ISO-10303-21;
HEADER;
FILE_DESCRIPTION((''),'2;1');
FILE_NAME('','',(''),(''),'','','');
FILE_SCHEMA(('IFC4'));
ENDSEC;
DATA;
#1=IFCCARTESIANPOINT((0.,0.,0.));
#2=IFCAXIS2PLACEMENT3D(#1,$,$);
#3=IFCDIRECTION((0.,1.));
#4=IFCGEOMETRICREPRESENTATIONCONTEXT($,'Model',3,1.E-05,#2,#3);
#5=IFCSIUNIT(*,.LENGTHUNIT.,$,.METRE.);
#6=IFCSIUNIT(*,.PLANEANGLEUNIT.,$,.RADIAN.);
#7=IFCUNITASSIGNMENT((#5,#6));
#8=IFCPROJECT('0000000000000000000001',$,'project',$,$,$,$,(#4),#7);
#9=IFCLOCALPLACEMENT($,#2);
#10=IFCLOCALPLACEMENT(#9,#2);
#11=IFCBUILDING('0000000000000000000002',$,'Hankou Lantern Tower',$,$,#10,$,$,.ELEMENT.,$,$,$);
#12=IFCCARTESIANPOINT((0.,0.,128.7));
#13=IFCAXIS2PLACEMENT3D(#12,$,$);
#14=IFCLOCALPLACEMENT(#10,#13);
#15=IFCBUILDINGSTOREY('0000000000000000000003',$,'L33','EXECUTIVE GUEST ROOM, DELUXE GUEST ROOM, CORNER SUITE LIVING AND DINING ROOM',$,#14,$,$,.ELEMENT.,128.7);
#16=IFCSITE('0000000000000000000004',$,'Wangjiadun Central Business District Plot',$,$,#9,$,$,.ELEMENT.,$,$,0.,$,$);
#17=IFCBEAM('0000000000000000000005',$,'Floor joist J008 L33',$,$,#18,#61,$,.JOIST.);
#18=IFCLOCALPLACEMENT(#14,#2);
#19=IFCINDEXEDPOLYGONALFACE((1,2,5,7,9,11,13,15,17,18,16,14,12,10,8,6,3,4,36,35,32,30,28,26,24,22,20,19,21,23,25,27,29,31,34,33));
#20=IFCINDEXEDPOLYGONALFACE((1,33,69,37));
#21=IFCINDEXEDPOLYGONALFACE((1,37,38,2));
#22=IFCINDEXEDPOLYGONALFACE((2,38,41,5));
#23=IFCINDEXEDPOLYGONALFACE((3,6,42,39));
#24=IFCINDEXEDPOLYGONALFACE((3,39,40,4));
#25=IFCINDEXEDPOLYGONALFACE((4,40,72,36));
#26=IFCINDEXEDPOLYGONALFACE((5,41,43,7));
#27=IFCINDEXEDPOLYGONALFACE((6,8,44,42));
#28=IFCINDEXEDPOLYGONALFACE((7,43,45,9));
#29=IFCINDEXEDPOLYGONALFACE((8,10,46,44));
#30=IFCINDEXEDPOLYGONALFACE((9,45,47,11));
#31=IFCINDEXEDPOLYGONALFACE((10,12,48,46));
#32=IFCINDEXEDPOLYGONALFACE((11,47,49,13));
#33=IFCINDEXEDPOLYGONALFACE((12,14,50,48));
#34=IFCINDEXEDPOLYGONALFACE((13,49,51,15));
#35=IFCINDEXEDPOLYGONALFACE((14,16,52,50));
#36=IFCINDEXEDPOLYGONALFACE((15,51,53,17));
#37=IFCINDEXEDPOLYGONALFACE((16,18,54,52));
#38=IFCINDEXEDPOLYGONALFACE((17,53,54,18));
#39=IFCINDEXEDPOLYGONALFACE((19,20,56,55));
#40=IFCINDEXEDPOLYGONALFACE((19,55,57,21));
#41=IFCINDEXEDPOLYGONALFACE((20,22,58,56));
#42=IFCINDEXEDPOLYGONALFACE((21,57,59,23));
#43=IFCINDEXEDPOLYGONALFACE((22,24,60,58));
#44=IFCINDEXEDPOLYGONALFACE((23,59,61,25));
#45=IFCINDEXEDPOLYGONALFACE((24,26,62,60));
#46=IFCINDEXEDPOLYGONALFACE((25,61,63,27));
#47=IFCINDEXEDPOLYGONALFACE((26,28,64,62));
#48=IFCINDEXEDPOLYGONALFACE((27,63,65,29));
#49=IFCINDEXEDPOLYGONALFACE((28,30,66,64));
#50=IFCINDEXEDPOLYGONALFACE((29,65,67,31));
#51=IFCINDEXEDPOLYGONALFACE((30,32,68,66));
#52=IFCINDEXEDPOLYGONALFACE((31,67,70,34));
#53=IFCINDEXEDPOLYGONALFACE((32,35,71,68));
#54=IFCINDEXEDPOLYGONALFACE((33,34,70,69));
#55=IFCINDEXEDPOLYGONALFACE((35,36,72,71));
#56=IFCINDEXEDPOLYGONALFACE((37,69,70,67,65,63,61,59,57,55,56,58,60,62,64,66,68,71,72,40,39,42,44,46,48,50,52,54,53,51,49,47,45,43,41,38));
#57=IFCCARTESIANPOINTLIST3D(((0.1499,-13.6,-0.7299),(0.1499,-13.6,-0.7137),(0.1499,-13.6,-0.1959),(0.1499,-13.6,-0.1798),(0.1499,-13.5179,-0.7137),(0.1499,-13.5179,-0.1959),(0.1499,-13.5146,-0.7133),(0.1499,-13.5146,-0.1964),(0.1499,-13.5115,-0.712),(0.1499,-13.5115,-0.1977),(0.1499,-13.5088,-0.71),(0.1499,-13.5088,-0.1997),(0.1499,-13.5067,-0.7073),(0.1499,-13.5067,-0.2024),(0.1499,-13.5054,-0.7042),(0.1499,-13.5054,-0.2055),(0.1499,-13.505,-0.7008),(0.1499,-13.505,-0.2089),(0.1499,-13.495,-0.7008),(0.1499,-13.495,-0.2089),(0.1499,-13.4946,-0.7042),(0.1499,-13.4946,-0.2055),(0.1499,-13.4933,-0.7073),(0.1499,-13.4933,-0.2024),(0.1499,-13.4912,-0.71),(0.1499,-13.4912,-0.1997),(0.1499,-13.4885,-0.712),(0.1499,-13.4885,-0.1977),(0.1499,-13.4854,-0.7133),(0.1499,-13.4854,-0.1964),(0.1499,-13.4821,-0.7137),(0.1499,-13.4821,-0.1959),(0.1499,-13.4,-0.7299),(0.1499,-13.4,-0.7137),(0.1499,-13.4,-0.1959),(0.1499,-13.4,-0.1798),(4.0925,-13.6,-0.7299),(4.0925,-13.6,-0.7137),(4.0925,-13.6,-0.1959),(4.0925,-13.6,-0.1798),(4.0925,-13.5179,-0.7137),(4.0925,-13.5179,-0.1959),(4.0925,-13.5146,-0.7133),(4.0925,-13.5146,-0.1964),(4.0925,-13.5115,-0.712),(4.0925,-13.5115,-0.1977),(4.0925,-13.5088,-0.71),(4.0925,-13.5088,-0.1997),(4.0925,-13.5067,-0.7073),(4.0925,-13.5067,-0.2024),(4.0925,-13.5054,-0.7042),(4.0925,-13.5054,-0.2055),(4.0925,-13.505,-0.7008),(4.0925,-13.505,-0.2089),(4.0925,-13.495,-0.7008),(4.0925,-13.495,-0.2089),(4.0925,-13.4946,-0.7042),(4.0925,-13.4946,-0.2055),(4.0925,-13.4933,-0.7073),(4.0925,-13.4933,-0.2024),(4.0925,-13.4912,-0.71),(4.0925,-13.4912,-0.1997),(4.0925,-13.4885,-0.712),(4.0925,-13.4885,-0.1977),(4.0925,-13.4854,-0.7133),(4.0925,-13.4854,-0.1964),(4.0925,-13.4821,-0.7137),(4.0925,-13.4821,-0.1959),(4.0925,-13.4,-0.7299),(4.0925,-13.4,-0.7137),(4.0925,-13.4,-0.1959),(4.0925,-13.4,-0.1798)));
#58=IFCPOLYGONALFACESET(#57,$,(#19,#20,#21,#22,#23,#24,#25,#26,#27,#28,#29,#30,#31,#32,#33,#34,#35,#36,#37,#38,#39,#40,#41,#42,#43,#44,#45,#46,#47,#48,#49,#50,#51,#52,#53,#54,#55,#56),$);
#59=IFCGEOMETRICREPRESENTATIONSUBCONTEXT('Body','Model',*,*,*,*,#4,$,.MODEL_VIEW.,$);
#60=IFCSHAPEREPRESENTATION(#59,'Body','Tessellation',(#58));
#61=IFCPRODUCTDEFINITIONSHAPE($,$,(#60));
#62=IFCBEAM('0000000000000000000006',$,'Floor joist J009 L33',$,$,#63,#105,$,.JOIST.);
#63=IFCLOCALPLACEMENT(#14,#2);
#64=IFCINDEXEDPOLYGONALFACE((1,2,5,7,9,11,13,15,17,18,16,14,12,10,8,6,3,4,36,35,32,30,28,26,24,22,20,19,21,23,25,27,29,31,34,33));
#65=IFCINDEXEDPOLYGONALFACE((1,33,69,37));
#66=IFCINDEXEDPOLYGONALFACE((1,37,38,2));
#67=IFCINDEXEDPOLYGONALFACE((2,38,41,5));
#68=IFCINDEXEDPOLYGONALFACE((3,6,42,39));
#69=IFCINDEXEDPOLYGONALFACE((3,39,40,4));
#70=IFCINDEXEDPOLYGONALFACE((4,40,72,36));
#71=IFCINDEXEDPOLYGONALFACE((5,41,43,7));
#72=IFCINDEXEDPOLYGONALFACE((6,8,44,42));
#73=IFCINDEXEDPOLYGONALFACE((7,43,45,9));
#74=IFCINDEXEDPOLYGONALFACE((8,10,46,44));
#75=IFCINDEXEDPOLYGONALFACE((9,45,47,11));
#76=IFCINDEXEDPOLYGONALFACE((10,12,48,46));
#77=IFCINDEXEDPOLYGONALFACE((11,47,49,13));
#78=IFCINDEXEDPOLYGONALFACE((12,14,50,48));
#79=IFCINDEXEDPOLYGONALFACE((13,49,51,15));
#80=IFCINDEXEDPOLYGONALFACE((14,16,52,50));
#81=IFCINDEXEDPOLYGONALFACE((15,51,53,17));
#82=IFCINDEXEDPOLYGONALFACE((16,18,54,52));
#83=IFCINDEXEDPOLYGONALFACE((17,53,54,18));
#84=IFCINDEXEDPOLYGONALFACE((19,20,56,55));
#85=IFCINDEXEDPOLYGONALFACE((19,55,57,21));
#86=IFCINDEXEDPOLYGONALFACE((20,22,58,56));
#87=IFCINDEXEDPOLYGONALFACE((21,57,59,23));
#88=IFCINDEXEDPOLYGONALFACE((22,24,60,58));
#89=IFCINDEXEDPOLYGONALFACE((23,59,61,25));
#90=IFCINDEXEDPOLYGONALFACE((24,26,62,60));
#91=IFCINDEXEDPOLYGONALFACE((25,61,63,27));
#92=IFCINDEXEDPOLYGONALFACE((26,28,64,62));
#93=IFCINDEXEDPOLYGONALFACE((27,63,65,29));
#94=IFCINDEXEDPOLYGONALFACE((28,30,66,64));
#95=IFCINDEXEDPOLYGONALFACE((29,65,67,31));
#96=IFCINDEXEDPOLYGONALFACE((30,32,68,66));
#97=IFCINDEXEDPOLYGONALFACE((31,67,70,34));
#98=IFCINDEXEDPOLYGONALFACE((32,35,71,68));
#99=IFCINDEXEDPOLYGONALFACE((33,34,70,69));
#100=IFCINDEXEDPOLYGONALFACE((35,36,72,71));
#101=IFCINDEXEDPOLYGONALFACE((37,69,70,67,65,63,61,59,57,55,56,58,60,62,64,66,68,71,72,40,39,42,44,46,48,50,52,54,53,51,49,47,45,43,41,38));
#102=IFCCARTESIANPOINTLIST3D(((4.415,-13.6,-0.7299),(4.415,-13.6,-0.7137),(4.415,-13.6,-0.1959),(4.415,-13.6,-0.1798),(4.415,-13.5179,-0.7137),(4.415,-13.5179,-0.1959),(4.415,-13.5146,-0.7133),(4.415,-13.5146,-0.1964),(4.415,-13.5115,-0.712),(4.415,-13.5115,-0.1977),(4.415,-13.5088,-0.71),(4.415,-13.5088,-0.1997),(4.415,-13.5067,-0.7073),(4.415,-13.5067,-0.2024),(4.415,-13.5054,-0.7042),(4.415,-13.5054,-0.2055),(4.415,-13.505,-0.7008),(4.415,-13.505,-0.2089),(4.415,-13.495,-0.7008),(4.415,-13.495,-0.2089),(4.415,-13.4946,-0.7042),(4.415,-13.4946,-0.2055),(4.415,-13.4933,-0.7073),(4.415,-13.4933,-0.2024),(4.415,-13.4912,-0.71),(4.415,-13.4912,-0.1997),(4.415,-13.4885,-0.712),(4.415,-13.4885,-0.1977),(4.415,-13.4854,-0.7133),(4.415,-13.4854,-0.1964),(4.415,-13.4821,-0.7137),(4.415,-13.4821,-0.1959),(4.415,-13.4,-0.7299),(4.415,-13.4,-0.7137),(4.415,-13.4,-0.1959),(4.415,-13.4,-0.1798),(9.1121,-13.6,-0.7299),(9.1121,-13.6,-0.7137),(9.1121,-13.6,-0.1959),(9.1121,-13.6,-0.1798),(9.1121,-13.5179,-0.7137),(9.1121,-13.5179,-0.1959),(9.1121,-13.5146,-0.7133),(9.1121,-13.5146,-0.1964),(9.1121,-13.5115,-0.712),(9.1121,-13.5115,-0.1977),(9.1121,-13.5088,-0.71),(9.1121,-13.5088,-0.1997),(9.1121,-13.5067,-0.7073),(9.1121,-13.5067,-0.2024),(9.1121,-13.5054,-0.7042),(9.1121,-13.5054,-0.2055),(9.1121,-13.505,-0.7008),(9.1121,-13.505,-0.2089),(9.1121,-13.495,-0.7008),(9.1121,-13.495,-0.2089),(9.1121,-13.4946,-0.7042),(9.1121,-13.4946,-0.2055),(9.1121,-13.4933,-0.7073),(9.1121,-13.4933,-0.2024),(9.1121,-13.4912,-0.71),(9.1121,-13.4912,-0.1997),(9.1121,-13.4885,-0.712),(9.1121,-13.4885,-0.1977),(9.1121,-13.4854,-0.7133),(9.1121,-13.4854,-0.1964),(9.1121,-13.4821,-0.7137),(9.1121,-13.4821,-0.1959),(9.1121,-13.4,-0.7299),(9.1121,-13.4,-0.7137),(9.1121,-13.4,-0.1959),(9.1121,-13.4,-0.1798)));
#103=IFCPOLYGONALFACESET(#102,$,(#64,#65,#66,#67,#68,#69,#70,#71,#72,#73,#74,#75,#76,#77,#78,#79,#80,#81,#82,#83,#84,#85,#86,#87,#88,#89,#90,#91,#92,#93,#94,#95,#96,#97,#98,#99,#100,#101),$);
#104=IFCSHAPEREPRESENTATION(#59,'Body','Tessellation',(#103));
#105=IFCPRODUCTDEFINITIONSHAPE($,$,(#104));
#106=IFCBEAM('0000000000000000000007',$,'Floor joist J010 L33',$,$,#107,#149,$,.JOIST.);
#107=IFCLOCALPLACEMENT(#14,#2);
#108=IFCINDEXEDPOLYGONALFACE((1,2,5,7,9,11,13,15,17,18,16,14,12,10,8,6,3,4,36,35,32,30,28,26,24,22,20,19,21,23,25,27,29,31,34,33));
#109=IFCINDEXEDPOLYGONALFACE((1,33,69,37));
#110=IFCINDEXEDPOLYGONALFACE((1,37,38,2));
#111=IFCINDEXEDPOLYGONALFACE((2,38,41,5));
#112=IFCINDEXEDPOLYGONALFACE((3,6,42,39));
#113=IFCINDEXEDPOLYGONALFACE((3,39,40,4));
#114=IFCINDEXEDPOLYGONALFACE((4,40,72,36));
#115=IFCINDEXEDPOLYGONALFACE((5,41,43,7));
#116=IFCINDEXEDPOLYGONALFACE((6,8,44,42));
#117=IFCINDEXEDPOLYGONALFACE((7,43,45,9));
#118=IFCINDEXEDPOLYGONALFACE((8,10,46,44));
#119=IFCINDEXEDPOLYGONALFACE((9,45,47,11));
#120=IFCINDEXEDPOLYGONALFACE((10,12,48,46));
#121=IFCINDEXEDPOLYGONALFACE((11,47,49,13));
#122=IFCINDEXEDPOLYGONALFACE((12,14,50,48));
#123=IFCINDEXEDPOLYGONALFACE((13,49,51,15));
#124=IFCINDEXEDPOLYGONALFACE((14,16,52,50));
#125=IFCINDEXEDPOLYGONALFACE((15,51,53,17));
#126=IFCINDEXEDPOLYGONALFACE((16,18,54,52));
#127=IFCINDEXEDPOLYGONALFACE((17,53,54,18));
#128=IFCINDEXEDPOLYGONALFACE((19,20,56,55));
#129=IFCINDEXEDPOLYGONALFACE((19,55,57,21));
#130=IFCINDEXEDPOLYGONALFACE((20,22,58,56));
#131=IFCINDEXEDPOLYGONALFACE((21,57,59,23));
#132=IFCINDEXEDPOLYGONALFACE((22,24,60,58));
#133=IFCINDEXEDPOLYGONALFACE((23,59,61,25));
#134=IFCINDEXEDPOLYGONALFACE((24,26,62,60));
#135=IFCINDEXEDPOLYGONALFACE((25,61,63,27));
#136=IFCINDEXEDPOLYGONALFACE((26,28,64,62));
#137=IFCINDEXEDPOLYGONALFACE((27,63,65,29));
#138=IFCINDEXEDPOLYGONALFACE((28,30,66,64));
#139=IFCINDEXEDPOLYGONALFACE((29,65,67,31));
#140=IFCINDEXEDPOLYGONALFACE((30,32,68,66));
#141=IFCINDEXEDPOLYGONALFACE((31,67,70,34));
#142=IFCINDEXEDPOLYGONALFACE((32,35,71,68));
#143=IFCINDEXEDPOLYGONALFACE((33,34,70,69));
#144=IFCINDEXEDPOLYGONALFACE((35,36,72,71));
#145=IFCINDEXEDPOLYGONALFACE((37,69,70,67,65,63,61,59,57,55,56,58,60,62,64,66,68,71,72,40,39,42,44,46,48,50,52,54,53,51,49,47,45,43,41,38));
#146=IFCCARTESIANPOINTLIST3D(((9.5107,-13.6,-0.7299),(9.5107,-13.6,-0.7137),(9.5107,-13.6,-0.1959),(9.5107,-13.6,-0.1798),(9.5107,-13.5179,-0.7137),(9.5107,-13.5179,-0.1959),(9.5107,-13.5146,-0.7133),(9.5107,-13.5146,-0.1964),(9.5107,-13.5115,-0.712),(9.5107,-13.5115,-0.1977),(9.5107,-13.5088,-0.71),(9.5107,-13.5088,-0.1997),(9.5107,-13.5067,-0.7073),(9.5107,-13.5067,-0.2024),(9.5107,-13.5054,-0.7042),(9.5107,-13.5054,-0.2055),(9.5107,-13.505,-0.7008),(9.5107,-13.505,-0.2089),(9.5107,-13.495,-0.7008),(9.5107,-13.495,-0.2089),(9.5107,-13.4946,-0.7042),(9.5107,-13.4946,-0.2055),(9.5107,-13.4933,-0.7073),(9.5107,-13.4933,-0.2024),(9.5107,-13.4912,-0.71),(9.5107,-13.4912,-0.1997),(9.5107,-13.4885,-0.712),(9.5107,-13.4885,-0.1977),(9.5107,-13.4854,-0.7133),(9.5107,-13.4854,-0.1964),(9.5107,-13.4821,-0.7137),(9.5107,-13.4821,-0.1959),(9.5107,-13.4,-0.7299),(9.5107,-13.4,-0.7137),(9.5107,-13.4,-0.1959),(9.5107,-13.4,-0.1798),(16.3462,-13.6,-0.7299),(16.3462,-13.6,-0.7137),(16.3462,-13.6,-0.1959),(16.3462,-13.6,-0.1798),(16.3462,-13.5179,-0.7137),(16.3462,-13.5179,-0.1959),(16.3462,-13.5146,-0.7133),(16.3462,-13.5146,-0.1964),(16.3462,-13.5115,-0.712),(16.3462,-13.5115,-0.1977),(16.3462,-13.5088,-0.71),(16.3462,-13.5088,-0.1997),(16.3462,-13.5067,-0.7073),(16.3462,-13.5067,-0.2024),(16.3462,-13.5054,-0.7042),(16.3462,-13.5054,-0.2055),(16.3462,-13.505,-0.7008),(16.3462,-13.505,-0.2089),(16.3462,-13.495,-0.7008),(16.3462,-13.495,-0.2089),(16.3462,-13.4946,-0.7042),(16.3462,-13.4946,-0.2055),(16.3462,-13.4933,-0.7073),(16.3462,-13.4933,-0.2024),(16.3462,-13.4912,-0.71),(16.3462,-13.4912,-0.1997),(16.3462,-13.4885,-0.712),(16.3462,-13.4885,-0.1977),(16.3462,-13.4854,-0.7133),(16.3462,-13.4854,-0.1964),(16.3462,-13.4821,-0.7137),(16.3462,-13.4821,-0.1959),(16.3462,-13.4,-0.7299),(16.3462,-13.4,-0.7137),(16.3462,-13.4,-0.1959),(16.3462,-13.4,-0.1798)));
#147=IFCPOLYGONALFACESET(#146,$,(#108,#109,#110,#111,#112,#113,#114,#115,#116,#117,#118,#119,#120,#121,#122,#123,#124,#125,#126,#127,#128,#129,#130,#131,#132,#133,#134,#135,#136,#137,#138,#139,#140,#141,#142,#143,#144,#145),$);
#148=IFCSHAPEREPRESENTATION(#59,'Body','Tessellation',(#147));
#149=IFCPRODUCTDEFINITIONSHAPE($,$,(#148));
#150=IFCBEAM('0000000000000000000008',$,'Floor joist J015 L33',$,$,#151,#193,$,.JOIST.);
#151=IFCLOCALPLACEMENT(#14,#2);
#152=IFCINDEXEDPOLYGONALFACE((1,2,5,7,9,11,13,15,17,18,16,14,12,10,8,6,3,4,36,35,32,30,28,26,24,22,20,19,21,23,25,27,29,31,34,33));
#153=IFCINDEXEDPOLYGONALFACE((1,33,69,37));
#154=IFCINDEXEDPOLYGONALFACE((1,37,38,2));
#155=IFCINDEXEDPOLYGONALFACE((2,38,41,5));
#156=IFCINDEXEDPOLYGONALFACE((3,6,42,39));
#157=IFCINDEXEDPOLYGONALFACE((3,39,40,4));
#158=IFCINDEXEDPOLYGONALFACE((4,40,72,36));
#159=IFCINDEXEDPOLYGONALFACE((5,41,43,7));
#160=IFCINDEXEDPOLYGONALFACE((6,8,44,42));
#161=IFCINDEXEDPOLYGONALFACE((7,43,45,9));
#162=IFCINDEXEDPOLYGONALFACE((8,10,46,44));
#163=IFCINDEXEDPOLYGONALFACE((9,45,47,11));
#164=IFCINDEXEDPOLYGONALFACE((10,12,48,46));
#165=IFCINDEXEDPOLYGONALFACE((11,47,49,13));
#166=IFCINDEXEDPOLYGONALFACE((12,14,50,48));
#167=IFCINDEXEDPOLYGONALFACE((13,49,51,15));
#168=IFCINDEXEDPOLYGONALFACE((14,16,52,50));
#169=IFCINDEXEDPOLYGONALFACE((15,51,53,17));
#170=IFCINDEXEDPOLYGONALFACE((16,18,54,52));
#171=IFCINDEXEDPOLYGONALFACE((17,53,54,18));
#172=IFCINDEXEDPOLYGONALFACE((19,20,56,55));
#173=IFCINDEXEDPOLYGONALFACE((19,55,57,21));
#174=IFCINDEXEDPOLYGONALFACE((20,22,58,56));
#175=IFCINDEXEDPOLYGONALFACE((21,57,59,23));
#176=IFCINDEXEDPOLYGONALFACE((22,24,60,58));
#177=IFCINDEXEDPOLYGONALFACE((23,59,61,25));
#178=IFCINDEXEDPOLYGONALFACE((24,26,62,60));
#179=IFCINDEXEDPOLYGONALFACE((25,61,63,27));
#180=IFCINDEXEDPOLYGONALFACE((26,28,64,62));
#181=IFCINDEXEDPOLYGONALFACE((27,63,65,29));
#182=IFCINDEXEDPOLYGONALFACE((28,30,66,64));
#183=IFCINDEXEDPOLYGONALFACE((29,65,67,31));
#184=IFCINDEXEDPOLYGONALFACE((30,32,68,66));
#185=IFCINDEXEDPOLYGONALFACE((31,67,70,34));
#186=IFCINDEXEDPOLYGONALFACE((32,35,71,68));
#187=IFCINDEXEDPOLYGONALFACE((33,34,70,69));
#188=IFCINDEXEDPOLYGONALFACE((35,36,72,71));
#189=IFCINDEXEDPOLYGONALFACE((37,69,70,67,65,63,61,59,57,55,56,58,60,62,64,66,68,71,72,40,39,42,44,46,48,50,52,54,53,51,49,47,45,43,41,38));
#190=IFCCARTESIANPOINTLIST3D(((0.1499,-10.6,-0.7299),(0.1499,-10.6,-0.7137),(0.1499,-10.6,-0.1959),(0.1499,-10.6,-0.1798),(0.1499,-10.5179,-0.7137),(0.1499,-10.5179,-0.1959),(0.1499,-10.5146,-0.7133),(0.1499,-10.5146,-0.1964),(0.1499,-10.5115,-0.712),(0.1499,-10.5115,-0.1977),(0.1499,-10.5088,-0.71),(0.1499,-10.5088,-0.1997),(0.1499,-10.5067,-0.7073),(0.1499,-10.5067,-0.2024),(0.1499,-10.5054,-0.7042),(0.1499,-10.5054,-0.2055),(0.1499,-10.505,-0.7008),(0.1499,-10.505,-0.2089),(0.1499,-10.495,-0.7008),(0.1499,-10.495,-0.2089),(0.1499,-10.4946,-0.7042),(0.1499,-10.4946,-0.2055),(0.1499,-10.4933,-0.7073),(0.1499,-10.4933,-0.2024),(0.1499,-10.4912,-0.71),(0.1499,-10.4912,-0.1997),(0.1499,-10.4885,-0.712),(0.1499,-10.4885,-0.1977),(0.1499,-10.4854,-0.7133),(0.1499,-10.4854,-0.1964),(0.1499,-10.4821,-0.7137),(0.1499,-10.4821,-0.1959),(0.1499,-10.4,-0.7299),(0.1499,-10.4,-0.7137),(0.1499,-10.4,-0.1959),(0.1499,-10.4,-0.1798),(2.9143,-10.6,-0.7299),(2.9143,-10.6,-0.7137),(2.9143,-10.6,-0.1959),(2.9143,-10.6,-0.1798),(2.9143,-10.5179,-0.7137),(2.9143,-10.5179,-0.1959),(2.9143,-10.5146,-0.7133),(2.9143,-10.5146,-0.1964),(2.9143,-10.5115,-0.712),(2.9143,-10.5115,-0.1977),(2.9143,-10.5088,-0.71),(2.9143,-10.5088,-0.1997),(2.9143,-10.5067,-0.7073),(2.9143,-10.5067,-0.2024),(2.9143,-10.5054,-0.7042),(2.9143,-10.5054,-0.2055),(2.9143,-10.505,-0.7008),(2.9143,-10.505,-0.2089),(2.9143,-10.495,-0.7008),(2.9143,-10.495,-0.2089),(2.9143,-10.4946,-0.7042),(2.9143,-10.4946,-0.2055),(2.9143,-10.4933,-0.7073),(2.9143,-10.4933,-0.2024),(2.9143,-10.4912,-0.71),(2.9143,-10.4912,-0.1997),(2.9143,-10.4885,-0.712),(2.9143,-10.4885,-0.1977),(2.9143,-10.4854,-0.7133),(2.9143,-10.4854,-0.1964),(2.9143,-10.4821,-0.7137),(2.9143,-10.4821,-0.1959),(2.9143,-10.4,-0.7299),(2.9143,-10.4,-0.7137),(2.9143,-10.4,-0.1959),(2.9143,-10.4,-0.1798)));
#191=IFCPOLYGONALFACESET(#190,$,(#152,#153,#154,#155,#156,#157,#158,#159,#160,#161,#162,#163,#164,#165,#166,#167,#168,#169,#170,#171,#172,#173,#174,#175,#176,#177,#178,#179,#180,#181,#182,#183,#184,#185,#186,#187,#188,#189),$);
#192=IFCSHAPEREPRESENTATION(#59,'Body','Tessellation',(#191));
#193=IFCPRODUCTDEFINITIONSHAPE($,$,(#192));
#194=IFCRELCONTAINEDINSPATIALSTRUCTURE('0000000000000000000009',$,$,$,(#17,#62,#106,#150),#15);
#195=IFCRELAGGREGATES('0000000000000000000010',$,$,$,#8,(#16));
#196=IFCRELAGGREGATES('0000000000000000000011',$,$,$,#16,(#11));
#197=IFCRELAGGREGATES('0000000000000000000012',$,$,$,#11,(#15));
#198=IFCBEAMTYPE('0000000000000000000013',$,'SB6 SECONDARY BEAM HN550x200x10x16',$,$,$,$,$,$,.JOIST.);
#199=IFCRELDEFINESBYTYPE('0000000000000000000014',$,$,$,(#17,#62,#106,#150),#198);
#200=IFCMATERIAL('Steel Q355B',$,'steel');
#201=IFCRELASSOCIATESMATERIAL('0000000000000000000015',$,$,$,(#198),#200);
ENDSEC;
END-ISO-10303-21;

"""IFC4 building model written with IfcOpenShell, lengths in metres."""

from ifc_helpers import new_model, si_unit, direction, frame, origin, origin_2d, place, context, subcontext, project, spatial, i_section, extrude, material, material_profile, profile_set, type_object, element, save


model = new_model("IFC4")

# Units and contexts
model_context = context("Model", 3, precision=1e-05, world=origin(), true_north=direction((0.0, 1.0)))
body_context = subcontext(model_context, "Body", "Model", "MODEL_VIEW")
ifc_project = project(units=[si_unit("LENGTHUNIT", "METRE"), si_unit("PLANEANGLEUNIT", "RADIAN")], contexts=[model_context])

# Site, building, storey
site_placement = place(None, origin())
site = spatial("IfcSite", under=ifc_project, at=site_placement, Name="Wangjiadun Central Business District Plot", CompositionType="ELEMENT", RefElevation=0.0)
building_placement = place(site_placement, origin())
building = spatial("IfcBuilding", under=site, at=building_placement, Name="Hankou Lantern Tower", CompositionType="ELEMENT")
storey_placement = place(building_placement, frame((0.0, 0.0, 128.7)))
storey = spatial("IfcBuildingStorey", under=building, at=storey_placement, Name="L33", Description="EXECUTIVE GUEST ROOM, DELUXE GUEST ROOM, CORNER SUITE LIVING AND DINING ROOM", CompositionType="ELEMENT", Elevation=128.7)

# Beams
ifc_material_1 = material(Name="Steel Q355B", Category="steel")
ifc_material_profile_1 = material_profile(ifc_material_1, i_section(OverallWidth=0.2, OverallDepth=0.55, WebThickness=0.01, FlangeThickness=0.0161, FilletRadius=0.0129, at=origin_2d()), Name="HN550x200x10x16")
ifc_profile_set_1 = profile_set([ifc_material_profile_1], Name="Steel Q355B")
beam_type_1 = type_object("IfcBeamType", Name="SB6 SECONDARY BEAM HN550x200x10x16", PredefinedType="JOIST", material=ifc_profile_set_1)
beam_1_placement = place(storey_placement, frame((0.1499, -13.5, -0.4548), z_axis=(1.0, 0.0, 0.0), x_axis=(0.0, 1.0, 0.0)))
element("IfcBeam", 1, at=beam_1_placement, inside=storey, type_object=beam_type_1, Name="Floor joist J008 L33", PredefinedType="JOIST", context=body_context, shape_type="SweptSolid", body=[
    extrude(i_section(OverallWidth=0.2, OverallDepth=0.55, WebThickness=0.01, FlangeThickness=0.0161, FilletRadius=0.0129, at=origin_2d()), origin(), (0.0, 0.0, 1.0), 3.9426),
])
beam_2_placement = place(storey_placement, frame((4.415, -13.5, -0.4548), z_axis=(1.0, 0.0, 0.0), x_axis=(0.0, 1.0, 0.0)))
element("IfcBeam", 2, at=beam_2_placement, inside=storey, type_object=beam_type_1, Name="Floor joist J009 L33", PredefinedType="JOIST", context=body_context, shape_type="SweptSolid", body=[
    extrude(i_section(OverallWidth=0.2, OverallDepth=0.55, WebThickness=0.01, FlangeThickness=0.0161, FilletRadius=0.0129, at=origin_2d()), origin(), (0.0, 0.0, 1.0), 4.697),
])
beam_3_placement = place(storey_placement, frame((9.5107, -13.5, -0.4548), z_axis=(1.0, 0.0, 0.0), x_axis=(0.0, 1.0, 0.0)))
element("IfcBeam", 3, at=beam_3_placement, inside=storey, type_object=beam_type_1, Name="Floor joist J010 L33", PredefinedType="JOIST", context=body_context, shape_type="SweptSolid", body=[
    extrude(i_section(OverallWidth=0.2, OverallDepth=0.55, WebThickness=0.01, FlangeThickness=0.0161, FilletRadius=0.0129, at=origin_2d()), origin(), (0.0, 0.0, 1.0), 6.8354),
])
beam_4_placement = place(storey_placement, frame((0.1499, -10.5, -0.4548), z_axis=(1.0, 0.0, 0.0), x_axis=(0.0, 1.0, 0.0)))
element("IfcBeam", 4, at=beam_4_placement, inside=storey, type_object=beam_type_1, Name="Floor joist J015 L33", PredefinedType="JOIST", context=body_context, shape_type="SweptSolid", body=[
    extrude(i_section(OverallWidth=0.2, OverallDepth=0.55, WebThickness=0.01, FlangeThickness=0.0161, FilletRadius=0.0129, at=origin_2d()), origin(), (0.0, 0.0, 1.0), 2.7644),
])

save(model, "model.ifc")
